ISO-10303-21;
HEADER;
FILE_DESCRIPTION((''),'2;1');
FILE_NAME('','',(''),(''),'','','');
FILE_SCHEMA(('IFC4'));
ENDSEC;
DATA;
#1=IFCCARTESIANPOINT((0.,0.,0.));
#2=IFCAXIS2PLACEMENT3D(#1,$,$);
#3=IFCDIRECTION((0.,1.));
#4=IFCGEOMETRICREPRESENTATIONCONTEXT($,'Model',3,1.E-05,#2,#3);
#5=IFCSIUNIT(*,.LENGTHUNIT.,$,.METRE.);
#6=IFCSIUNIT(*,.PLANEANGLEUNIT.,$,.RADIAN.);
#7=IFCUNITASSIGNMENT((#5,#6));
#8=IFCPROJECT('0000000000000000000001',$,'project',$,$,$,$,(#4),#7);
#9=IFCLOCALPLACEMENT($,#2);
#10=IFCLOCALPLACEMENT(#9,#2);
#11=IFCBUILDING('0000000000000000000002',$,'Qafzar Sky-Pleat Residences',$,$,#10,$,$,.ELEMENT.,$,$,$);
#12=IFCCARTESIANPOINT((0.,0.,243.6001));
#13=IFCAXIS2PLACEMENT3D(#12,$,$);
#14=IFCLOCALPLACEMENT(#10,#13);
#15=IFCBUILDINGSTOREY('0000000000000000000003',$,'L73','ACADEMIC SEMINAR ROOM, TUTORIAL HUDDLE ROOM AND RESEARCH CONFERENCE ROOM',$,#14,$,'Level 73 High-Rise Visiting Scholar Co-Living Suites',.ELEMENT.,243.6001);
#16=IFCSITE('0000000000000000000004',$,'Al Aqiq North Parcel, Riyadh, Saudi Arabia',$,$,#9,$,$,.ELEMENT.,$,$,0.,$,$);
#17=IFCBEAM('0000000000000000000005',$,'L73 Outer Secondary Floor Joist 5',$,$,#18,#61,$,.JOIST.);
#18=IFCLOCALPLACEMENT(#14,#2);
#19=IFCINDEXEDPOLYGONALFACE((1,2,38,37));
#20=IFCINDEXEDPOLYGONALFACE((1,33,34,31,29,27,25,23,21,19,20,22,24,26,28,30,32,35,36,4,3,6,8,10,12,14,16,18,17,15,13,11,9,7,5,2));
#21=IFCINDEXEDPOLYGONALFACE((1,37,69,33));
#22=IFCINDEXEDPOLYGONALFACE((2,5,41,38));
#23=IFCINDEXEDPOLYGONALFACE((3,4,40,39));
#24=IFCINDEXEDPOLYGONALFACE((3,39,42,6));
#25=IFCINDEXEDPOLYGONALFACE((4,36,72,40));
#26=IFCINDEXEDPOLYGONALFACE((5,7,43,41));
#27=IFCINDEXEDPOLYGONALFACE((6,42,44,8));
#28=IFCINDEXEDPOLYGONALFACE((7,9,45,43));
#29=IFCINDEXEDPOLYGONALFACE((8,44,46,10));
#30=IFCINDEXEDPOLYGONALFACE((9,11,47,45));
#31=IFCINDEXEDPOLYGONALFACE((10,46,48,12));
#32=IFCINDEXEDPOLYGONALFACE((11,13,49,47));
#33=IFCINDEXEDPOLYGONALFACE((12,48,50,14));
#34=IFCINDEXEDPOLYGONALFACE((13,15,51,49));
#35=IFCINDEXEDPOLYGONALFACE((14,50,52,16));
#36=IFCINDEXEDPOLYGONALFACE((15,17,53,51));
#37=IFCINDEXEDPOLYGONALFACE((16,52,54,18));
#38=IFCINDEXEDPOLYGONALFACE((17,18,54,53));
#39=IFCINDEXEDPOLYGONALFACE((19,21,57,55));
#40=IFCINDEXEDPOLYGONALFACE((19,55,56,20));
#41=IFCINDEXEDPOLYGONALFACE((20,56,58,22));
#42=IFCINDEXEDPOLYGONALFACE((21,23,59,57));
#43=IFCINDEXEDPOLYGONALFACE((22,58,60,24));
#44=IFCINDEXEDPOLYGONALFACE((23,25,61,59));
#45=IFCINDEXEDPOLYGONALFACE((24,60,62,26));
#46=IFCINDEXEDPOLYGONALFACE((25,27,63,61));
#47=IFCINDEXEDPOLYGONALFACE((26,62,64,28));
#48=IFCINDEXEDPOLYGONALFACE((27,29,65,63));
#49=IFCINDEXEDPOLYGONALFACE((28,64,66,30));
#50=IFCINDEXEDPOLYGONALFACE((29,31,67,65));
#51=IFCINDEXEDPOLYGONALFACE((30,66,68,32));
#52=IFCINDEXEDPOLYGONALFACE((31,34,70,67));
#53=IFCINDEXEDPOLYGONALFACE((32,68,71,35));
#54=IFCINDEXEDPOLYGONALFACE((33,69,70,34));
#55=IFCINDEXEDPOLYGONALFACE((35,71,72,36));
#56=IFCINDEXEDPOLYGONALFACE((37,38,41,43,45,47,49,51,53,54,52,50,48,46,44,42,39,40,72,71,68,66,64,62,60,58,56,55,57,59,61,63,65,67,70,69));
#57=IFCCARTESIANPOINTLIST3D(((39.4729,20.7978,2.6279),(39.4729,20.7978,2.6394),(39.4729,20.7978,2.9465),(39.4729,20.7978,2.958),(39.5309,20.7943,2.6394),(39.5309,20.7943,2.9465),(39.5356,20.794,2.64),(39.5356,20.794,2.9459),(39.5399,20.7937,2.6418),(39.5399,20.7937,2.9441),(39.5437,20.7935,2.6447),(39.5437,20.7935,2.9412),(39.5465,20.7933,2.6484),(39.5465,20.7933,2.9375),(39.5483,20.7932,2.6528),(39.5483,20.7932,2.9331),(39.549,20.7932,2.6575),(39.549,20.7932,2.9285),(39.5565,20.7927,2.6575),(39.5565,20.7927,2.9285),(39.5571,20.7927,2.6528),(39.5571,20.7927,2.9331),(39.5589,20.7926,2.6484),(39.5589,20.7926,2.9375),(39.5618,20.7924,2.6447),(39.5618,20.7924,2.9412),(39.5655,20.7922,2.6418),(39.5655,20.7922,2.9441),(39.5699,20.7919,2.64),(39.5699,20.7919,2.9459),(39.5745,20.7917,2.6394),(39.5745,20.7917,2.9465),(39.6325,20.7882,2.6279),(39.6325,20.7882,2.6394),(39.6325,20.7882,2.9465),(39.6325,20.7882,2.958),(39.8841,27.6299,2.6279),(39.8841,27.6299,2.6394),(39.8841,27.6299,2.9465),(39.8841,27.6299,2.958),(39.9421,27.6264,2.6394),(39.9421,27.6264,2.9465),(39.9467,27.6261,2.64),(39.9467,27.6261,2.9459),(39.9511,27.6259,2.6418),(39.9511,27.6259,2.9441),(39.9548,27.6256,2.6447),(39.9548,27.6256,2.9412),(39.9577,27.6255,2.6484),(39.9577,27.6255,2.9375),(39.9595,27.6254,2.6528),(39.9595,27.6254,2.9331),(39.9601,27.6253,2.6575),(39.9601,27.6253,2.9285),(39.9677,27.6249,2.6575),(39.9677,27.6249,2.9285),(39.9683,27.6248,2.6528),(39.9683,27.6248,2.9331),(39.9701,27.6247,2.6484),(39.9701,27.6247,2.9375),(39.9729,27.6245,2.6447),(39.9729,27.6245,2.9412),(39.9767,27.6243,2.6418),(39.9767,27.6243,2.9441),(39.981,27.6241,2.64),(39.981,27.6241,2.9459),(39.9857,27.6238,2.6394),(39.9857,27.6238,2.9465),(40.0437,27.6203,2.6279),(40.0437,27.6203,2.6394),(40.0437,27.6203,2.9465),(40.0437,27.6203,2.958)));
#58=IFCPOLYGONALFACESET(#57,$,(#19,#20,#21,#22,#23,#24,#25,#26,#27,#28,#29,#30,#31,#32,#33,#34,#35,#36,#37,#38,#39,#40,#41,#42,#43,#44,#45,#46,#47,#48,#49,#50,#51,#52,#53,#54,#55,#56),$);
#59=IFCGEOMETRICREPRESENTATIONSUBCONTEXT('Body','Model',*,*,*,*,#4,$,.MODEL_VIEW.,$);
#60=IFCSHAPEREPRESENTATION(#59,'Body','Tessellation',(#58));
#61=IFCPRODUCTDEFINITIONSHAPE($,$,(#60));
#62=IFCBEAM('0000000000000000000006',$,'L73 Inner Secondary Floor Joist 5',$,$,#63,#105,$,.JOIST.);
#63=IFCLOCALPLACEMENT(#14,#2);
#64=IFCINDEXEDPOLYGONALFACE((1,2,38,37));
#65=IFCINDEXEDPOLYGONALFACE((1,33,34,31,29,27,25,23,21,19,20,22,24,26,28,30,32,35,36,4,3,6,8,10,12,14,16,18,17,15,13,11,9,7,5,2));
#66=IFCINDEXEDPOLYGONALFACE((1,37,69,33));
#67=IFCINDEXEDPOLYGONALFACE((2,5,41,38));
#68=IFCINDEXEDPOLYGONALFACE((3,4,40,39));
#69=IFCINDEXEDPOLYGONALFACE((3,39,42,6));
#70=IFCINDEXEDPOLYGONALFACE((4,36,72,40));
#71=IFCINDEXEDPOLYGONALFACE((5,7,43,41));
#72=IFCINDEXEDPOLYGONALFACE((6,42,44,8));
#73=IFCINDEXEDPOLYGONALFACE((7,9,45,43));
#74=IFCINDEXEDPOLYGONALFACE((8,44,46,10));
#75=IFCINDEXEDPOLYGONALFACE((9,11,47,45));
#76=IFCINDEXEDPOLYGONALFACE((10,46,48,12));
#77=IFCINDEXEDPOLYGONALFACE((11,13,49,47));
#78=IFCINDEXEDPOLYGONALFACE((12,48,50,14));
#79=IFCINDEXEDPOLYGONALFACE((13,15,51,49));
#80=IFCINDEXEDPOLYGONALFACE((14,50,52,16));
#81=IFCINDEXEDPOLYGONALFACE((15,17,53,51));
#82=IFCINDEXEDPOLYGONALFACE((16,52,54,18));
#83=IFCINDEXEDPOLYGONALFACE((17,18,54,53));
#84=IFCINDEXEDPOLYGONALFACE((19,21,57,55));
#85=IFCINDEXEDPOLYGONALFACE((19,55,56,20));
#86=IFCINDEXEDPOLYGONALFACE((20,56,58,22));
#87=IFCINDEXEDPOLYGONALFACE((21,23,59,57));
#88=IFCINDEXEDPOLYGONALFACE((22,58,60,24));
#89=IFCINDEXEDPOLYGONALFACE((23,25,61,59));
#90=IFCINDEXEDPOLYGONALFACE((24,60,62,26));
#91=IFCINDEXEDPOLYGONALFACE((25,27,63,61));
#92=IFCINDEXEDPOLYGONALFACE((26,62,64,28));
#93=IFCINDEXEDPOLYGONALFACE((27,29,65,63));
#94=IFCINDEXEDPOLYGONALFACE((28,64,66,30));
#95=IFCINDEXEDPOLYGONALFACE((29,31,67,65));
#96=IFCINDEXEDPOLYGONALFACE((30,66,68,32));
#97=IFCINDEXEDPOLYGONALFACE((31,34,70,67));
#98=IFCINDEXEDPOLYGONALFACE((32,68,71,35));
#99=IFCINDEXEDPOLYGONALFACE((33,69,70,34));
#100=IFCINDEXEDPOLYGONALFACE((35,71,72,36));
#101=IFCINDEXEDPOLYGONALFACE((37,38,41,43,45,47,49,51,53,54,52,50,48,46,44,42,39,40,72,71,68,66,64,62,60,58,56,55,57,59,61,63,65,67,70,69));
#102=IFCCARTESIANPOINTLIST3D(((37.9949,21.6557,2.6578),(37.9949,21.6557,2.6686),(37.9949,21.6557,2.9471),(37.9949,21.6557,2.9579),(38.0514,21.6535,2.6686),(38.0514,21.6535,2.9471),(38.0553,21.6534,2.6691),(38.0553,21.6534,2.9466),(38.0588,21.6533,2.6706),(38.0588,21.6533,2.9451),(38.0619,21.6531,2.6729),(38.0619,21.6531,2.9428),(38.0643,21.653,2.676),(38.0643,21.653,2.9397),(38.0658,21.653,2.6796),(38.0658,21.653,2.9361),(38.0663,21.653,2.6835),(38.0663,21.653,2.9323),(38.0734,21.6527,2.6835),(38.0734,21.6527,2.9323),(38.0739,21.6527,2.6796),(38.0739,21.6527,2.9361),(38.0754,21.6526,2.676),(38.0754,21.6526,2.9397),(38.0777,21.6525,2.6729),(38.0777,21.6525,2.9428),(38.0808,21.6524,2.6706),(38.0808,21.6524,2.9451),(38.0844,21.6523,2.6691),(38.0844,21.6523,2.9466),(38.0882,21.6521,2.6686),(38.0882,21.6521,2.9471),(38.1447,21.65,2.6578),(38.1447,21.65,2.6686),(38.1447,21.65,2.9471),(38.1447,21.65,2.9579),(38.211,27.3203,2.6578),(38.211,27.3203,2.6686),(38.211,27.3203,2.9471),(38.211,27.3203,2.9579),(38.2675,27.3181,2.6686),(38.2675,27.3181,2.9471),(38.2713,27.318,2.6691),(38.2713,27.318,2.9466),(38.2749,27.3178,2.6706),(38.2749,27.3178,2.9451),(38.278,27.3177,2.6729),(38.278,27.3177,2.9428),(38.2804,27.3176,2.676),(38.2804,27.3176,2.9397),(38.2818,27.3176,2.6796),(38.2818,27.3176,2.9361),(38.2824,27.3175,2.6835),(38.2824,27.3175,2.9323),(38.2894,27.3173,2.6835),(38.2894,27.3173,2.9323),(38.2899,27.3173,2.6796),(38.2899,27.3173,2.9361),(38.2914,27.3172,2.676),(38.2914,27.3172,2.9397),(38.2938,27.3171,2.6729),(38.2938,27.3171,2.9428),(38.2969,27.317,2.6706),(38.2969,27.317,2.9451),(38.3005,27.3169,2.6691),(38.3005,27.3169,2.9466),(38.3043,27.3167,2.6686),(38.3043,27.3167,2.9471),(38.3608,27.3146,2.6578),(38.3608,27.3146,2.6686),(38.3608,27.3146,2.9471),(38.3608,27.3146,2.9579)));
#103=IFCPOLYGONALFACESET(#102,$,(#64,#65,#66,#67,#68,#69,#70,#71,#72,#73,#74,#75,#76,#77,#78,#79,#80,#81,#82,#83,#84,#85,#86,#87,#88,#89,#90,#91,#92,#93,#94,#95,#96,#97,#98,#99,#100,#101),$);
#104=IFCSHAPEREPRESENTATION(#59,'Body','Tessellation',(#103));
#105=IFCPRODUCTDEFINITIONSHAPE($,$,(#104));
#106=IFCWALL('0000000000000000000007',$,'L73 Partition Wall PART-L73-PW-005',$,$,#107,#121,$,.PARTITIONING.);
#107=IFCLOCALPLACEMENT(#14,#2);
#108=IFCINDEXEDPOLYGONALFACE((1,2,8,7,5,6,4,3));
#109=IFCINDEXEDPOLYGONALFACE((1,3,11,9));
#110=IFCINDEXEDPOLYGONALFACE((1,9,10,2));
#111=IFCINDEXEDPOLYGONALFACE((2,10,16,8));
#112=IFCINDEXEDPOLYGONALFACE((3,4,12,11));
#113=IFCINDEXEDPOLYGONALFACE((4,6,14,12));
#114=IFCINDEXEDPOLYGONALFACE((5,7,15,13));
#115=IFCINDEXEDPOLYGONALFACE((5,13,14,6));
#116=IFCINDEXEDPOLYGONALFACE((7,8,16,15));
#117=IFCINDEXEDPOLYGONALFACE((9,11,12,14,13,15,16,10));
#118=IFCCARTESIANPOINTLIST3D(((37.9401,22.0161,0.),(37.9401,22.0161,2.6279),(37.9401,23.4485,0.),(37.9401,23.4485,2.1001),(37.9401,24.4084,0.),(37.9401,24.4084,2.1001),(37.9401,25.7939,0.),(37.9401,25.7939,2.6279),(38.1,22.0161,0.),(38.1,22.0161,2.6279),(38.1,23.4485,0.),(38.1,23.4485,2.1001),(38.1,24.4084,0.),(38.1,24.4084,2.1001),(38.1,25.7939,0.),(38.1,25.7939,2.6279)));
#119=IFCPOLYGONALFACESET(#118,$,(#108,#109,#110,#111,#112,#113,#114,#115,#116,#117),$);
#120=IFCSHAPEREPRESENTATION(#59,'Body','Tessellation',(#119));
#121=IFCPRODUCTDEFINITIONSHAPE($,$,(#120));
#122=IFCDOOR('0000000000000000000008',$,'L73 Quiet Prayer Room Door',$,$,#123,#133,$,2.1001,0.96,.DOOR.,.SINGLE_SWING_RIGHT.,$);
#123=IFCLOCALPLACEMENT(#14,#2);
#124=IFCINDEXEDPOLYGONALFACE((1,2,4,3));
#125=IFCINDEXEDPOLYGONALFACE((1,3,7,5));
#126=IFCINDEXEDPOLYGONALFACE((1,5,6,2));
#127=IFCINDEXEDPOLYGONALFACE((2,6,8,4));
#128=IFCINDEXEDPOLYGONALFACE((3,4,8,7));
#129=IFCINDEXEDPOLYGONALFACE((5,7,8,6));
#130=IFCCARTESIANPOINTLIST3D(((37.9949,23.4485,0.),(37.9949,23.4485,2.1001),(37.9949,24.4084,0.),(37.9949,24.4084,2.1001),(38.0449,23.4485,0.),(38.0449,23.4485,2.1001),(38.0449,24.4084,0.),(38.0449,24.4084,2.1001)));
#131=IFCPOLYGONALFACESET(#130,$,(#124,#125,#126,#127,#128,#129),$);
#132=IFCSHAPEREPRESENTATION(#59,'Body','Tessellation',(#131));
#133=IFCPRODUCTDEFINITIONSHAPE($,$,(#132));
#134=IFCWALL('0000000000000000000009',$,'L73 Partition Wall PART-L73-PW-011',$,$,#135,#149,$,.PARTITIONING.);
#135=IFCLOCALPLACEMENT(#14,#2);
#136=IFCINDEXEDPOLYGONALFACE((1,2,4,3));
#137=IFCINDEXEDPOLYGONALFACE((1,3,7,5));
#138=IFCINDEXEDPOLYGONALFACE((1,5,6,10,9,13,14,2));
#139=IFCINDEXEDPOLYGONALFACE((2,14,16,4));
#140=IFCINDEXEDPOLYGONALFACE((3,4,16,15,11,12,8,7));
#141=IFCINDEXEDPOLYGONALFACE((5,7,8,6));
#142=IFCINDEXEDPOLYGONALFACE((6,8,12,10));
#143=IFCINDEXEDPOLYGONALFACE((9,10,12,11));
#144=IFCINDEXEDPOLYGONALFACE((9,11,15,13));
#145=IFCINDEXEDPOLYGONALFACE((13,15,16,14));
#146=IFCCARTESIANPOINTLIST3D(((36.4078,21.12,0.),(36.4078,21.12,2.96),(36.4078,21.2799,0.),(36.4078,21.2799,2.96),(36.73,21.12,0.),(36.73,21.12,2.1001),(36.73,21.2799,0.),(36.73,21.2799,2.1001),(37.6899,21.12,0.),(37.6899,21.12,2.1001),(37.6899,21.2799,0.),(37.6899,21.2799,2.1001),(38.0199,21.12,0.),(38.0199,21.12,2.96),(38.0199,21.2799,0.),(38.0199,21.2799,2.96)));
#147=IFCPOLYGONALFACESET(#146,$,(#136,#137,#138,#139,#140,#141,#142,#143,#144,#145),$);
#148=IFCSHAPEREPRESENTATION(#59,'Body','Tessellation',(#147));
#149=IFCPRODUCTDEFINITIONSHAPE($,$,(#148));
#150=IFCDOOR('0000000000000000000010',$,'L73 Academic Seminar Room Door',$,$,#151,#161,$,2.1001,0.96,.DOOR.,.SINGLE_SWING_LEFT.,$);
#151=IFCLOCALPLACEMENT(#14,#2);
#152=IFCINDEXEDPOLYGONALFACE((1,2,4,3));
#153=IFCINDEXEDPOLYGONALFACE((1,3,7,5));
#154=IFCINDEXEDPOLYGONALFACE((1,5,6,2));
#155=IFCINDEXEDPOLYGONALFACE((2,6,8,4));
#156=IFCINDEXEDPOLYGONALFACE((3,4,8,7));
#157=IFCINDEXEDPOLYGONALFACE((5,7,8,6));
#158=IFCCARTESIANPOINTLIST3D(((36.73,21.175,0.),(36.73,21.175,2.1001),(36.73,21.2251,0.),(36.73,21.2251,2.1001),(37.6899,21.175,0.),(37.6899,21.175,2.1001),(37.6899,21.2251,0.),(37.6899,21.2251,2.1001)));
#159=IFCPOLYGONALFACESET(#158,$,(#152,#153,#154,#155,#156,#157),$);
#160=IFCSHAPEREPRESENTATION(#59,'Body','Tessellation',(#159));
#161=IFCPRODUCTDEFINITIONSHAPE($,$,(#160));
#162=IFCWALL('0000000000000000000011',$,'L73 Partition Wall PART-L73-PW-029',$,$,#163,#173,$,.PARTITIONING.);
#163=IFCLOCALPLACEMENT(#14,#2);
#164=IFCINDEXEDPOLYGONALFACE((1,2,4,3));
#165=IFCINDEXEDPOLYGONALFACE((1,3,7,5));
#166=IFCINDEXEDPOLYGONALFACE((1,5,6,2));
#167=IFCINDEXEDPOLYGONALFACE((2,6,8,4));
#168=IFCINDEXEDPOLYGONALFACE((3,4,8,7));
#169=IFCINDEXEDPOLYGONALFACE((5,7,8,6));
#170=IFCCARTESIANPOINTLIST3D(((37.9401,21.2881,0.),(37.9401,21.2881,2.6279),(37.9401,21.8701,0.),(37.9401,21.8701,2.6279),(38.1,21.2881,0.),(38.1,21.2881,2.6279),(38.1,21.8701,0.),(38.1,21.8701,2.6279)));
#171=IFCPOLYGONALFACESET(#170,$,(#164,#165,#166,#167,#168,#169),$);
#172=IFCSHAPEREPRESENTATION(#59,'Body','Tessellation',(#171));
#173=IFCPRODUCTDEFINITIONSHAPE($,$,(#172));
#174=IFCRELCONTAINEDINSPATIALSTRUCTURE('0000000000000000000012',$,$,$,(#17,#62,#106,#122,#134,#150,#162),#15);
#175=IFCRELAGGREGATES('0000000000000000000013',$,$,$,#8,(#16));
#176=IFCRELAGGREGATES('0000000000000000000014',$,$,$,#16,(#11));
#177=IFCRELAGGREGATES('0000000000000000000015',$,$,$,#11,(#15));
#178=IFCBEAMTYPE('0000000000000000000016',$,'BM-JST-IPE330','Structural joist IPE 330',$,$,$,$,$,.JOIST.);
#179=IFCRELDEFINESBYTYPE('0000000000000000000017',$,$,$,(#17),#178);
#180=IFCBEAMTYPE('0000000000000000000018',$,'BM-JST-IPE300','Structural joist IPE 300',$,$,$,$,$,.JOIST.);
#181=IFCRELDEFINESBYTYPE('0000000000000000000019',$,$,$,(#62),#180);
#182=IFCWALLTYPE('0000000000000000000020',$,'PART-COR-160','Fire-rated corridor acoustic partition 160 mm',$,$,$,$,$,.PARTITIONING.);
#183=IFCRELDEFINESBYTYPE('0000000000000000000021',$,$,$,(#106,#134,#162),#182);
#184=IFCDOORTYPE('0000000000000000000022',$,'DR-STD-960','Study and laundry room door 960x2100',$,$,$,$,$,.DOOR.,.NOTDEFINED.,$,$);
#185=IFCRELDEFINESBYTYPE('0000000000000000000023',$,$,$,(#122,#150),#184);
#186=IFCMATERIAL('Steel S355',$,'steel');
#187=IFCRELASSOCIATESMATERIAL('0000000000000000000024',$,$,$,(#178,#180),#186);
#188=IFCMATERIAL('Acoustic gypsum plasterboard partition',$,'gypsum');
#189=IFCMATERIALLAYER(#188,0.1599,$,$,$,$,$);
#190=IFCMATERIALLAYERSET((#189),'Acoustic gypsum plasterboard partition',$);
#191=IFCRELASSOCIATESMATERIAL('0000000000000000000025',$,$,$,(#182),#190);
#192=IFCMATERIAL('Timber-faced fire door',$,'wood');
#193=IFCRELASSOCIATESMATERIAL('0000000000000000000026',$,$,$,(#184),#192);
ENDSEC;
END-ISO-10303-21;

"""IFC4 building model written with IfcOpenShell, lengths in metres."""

from ifc_helpers import new_model, si_unit, direction, frame, frame_2d, origin, origin_2d, place, context, subcontext, project, spatial, rectangle, i_section, extrude, source, transform, mapped, material, layer, layer_set, material_profile, profile_set, type_object, element, fill, save


model = new_model("IFC4")

# Units and contexts
model_context = context("Model", 3, precision=1e-05, world=origin(), true_north=direction((0.0, 1.0)))
body_context = subcontext(model_context, "Body", "Model", "MODEL_VIEW")
ifc_project = project(units=[si_unit("LENGTHUNIT", "METRE"), si_unit("PLANEANGLEUNIT", "RADIAN")], contexts=[model_context])

# Site, building, storey
site_placement = place(None, origin())
site = spatial("IfcSite", under=ifc_project, at=site_placement, Name="Al Aqiq North Parcel, Riyadh, Saudi Arabia", CompositionType="ELEMENT", RefElevation=0.0)
building_placement = place(site_placement, origin())
building = spatial("IfcBuilding", under=site, at=building_placement, Name="Qafzar Sky-Pleat Residences", CompositionType="ELEMENT")
storey_placement = place(building_placement, frame((0.0, 0.0, 243.6001)))
storey = spatial("IfcBuildingStorey", under=building, at=storey_placement, Name="L73", Description="ACADEMIC SEMINAR ROOM, TUTORIAL HUDDLE ROOM AND RESEARCH CONFERENCE ROOM", LongName="Level 73 High-Rise Visiting Scholar Co-Living Suites", CompositionType="ELEMENT", Elevation=243.6001)

# Shared definitions
ifc_material_1 = material(Name="Steel S355", Category="steel")

# Beams
ifc_material_profile_1 = material_profile(ifc_material_1, i_section(OverallWidth=0.1599, OverallDepth=0.3301, WebThickness=0.0076, FlangeThickness=0.0115, FilletRadius=0.0181, at=origin_2d()), Name="IPE 330")
ifc_profile_set_1 = profile_set([ifc_material_profile_1], Name="Steel S355")
beam_type_1 = type_object("IfcBeamType", Name="BM-JST-IPE330", Description="Structural joist IPE 330", PredefinedType="JOIST", material=ifc_profile_set_1)
shared_shape_1 = source(origin(), body_context, "Body", "SweptSolid", [
    extrude(i_section(OverallWidth=0.1599, OverallDepth=0.3301, WebThickness=0.0076, FlangeThickness=0.0115, FilletRadius=0.0181, at=origin_2d()), origin(), (0.0, 0.0, 1.0), 6.8445),
])
beam_1_placement = place(storey_placement, frame((39.5527, 20.793, 2.793), z_axis=(0.060069, 0.998194, 0.0), x_axis=(-0.998194, 0.060069, 0.0)))
element("IfcBeam", 1, at=beam_1_placement, inside=storey, type_object=beam_type_1, Name="L73 Outer Secondary Floor Joist 5", PredefinedType="JOIST", context=body_context, shape_type="MappedRepresentation", body=[
    mapped(shared_shape_1, transform((0.0, 0.0, 0.0), x_axis=(1.0, 0.0, 0.0), y_axis=(0.0, 1.0, 0.0), z_axis=(0.0, 0.0, 1.0), scale=1.0)),
])
ifc_material_profile_2 = material_profile(ifc_material_1, i_section(OverallWidth=0.1499, OverallDepth=0.3, WebThickness=0.0071, FlangeThickness=0.0107, FilletRadius=0.0149, at=origin_2d()), Name="IPE 300")
ifc_profile_set_2 = profile_set([ifc_material_profile_2], Name="Steel S355")
beam_type_2 = type_object("IfcBeamType", Name="BM-JST-IPE300", Description="Structural joist IPE 300", PredefinedType="JOIST", material=ifc_profile_set_2)
shared_shape_2 = source(origin(), body_context, "Body", "SweptSolid", [
    extrude(i_section(OverallWidth=0.1499, OverallDepth=0.3, WebThickness=0.0071, FlangeThickness=0.0107, FilletRadius=0.0149, at=origin_2d()), origin(), (0.0, 0.0, 1.0), 5.6687),
])
beam_2_placement = place(storey_placement, frame((38.0698, 21.6528, 2.8079), z_axis=(0.038116, 0.999273, 0.0), x_axis=(-0.999273, 0.038116, 0.0)))
element("IfcBeam", 2, at=beam_2_placement, inside=storey, type_object=beam_type_2, Name="L73 Inner Secondary Floor Joist 5", PredefinedType="JOIST", context=body_context, shape_type="MappedRepresentation", body=[
    mapped(shared_shape_2, transform((0.0, 0.0, 0.0), x_axis=(1.0, 0.0, 0.0), y_axis=(0.0, 1.0, 0.0), z_axis=(0.0, 0.0, 1.0), scale=1.0)),
])

# Walls, openings, doors
ifc_material_2 = material(Name="Acoustic gypsum plasterboard partition", Category="gypsum")
ifc_layer_1 = layer(ifc_material_2, 0.1599)
ifc_layer_set_1 = layer_set([ifc_layer_1], Name="Acoustic gypsum plasterboard partition")
wall_type_1 = type_object("IfcWallType", Name="PART-COR-160", Description="Fire-rated corridor acoustic partition 160 mm", PredefinedType="PARTITIONING", material=ifc_layer_set_1)
wall_1_placement = place(storey_placement, frame((38.02, 25.7939, 0.0), z_axis=(0.0, 0.0, 1.0), x_axis=(0.0, -1.0, 0.0)))
wall_1 = element("IfcWall", 3, at=wall_1_placement, inside=storey, type_object=wall_type_1, Name="L73 Partition Wall PART-L73-PW-005", PredefinedType="PARTITIONING", context=body_context, shape_type="SweptSolid", body=[
    extrude(rectangle(XDim=3.7778, YDim=0.1599, at=frame_2d((1.8889, 0.0))), origin(), (0.0, 0.0, 1.0), 2.6279),
])
opening_1_placement = place(wall_1_placement, frame((1.3855, 0.0, 0.0)))
opening_1 = element("IfcOpeningElement", 4, at=opening_1_placement, cuts=wall_1, PredefinedType="OPENING", context=body_context, shape_type="SweptSolid", body=[
    extrude(rectangle(XDim=0.96, YDim=2.1001, at=frame_2d((0.48, 1.05))), frame((0.0, 0.0898, 0.0), z_axis=(0.0, -1.0, 0.0), x_axis=(1.0, 0.0, 0.0)), (0.0, 0.0, 1.0), 0.1799),
])
ifc_material_3 = material(Name="Timber-faced fire door", Category="wood")
door_type = type_object("IfcDoorType", Name="DR-STD-960", Description="Study and laundry room door 960x2100", OperationType="NOTDEFINED", PredefinedType="DOOR", material=ifc_material_3)
shared_shape_3 = source(origin(), body_context, "Body", "SweptSolid", [
    extrude(rectangle(XDim=0.96, YDim=2.1001, at=frame_2d((0.48, 1.05))), frame((0.0, 0.0249, 0.0), z_axis=(0.0, -1.0, 0.0), x_axis=(1.0, 0.0, 0.0)), (0.0, 0.0, 1.0), 0.05),
])
door_1_placement = place(opening_1_placement, origin())
door_1 = element("IfcDoor", 5, at=door_1_placement, inside=storey, type_object=door_type, Name="L73 Quiet Prayer Room Door", OperationType="SINGLE_SWING_RIGHT", OverallHeight=2.1001, OverallWidth=0.96, PredefinedType="DOOR", context=body_context, shape_type="MappedRepresentation", body=[
    mapped(shared_shape_3, transform((0.0, 0.0, 0.0), x_axis=(1.0, 0.0, 0.0), y_axis=(0.0, 1.0, 0.0), z_axis=(0.0, 0.0, 1.0), scale=1.0)),
])
fill(opening_1, door_1)
wall_2_placement = place(storey_placement, frame((38.02, 21.2, 0.0), z_axis=(0.0, 0.0, 1.0), x_axis=(-1.0, 0.0, 0.0)))
wall_2 = element("IfcWall", 6, at=wall_2_placement, inside=storey, type_object=wall_type_1, Name="L73 Partition Wall PART-L73-PW-011", PredefinedType="PARTITIONING", context=body_context, shape_type="SweptSolid", body=[
    extrude(rectangle(XDim=1.6121, YDim=0.1599, at=frame_2d((0.8062, 0.0))), origin(), (0.0, 0.0, 1.0), 2.96),
])
opening_2_placement = place(wall_2_placement, frame((0.3301, 0.0, 0.0)))
opening_2 = element("IfcOpeningElement", 7, at=opening_2_placement, cuts=wall_2, PredefinedType="OPENING", context=body_context, shape_type="SweptSolid", body=[
    extrude(rectangle(XDim=0.96, YDim=2.1001, at=frame_2d((0.48, 1.05))), frame((0.0, 0.0898, 0.0), z_axis=(0.0, -1.0, 0.0), x_axis=(1.0, 0.0, 0.0)), (0.0, 0.0, 1.0), 0.1799),
])
door_2_placement = place(opening_2_placement, origin())
door_2 = element("IfcDoor", 8, at=door_2_placement, inside=storey, type_object=door_type, Name="L73 Academic Seminar Room Door", OperationType="SINGLE_SWING_LEFT", OverallHeight=2.1001, OverallWidth=0.96, PredefinedType="DOOR", context=body_context, shape_type="MappedRepresentation", body=[
    mapped(shared_shape_3, transform((0.0, 0.0, 0.0), x_axis=(1.0, 0.0, 0.0), y_axis=(0.0, 1.0, 0.0), z_axis=(0.0, 0.0, 1.0), scale=1.0)),
])
fill(opening_2, door_2)

# Wall
wall_3_placement = place(storey_placement, frame((38.02, 21.2881, 0.0), z_axis=(0.0, 0.0, 1.0), x_axis=(0.0, 1.0, 0.0)))
element("IfcWall", 9, at=wall_3_placement, inside=storey, type_object=wall_type_1, Name="L73 Partition Wall PART-L73-PW-029", PredefinedType="PARTITIONING", context=body_context, shape_type="SweptSolid", body=[
    extrude(rectangle(XDim=0.582, YDim=0.1599, at=frame_2d((0.291, 0.0))), origin(), (0.0, 0.0, 1.0), 2.6279),
])

save(model, "model.ifc")
